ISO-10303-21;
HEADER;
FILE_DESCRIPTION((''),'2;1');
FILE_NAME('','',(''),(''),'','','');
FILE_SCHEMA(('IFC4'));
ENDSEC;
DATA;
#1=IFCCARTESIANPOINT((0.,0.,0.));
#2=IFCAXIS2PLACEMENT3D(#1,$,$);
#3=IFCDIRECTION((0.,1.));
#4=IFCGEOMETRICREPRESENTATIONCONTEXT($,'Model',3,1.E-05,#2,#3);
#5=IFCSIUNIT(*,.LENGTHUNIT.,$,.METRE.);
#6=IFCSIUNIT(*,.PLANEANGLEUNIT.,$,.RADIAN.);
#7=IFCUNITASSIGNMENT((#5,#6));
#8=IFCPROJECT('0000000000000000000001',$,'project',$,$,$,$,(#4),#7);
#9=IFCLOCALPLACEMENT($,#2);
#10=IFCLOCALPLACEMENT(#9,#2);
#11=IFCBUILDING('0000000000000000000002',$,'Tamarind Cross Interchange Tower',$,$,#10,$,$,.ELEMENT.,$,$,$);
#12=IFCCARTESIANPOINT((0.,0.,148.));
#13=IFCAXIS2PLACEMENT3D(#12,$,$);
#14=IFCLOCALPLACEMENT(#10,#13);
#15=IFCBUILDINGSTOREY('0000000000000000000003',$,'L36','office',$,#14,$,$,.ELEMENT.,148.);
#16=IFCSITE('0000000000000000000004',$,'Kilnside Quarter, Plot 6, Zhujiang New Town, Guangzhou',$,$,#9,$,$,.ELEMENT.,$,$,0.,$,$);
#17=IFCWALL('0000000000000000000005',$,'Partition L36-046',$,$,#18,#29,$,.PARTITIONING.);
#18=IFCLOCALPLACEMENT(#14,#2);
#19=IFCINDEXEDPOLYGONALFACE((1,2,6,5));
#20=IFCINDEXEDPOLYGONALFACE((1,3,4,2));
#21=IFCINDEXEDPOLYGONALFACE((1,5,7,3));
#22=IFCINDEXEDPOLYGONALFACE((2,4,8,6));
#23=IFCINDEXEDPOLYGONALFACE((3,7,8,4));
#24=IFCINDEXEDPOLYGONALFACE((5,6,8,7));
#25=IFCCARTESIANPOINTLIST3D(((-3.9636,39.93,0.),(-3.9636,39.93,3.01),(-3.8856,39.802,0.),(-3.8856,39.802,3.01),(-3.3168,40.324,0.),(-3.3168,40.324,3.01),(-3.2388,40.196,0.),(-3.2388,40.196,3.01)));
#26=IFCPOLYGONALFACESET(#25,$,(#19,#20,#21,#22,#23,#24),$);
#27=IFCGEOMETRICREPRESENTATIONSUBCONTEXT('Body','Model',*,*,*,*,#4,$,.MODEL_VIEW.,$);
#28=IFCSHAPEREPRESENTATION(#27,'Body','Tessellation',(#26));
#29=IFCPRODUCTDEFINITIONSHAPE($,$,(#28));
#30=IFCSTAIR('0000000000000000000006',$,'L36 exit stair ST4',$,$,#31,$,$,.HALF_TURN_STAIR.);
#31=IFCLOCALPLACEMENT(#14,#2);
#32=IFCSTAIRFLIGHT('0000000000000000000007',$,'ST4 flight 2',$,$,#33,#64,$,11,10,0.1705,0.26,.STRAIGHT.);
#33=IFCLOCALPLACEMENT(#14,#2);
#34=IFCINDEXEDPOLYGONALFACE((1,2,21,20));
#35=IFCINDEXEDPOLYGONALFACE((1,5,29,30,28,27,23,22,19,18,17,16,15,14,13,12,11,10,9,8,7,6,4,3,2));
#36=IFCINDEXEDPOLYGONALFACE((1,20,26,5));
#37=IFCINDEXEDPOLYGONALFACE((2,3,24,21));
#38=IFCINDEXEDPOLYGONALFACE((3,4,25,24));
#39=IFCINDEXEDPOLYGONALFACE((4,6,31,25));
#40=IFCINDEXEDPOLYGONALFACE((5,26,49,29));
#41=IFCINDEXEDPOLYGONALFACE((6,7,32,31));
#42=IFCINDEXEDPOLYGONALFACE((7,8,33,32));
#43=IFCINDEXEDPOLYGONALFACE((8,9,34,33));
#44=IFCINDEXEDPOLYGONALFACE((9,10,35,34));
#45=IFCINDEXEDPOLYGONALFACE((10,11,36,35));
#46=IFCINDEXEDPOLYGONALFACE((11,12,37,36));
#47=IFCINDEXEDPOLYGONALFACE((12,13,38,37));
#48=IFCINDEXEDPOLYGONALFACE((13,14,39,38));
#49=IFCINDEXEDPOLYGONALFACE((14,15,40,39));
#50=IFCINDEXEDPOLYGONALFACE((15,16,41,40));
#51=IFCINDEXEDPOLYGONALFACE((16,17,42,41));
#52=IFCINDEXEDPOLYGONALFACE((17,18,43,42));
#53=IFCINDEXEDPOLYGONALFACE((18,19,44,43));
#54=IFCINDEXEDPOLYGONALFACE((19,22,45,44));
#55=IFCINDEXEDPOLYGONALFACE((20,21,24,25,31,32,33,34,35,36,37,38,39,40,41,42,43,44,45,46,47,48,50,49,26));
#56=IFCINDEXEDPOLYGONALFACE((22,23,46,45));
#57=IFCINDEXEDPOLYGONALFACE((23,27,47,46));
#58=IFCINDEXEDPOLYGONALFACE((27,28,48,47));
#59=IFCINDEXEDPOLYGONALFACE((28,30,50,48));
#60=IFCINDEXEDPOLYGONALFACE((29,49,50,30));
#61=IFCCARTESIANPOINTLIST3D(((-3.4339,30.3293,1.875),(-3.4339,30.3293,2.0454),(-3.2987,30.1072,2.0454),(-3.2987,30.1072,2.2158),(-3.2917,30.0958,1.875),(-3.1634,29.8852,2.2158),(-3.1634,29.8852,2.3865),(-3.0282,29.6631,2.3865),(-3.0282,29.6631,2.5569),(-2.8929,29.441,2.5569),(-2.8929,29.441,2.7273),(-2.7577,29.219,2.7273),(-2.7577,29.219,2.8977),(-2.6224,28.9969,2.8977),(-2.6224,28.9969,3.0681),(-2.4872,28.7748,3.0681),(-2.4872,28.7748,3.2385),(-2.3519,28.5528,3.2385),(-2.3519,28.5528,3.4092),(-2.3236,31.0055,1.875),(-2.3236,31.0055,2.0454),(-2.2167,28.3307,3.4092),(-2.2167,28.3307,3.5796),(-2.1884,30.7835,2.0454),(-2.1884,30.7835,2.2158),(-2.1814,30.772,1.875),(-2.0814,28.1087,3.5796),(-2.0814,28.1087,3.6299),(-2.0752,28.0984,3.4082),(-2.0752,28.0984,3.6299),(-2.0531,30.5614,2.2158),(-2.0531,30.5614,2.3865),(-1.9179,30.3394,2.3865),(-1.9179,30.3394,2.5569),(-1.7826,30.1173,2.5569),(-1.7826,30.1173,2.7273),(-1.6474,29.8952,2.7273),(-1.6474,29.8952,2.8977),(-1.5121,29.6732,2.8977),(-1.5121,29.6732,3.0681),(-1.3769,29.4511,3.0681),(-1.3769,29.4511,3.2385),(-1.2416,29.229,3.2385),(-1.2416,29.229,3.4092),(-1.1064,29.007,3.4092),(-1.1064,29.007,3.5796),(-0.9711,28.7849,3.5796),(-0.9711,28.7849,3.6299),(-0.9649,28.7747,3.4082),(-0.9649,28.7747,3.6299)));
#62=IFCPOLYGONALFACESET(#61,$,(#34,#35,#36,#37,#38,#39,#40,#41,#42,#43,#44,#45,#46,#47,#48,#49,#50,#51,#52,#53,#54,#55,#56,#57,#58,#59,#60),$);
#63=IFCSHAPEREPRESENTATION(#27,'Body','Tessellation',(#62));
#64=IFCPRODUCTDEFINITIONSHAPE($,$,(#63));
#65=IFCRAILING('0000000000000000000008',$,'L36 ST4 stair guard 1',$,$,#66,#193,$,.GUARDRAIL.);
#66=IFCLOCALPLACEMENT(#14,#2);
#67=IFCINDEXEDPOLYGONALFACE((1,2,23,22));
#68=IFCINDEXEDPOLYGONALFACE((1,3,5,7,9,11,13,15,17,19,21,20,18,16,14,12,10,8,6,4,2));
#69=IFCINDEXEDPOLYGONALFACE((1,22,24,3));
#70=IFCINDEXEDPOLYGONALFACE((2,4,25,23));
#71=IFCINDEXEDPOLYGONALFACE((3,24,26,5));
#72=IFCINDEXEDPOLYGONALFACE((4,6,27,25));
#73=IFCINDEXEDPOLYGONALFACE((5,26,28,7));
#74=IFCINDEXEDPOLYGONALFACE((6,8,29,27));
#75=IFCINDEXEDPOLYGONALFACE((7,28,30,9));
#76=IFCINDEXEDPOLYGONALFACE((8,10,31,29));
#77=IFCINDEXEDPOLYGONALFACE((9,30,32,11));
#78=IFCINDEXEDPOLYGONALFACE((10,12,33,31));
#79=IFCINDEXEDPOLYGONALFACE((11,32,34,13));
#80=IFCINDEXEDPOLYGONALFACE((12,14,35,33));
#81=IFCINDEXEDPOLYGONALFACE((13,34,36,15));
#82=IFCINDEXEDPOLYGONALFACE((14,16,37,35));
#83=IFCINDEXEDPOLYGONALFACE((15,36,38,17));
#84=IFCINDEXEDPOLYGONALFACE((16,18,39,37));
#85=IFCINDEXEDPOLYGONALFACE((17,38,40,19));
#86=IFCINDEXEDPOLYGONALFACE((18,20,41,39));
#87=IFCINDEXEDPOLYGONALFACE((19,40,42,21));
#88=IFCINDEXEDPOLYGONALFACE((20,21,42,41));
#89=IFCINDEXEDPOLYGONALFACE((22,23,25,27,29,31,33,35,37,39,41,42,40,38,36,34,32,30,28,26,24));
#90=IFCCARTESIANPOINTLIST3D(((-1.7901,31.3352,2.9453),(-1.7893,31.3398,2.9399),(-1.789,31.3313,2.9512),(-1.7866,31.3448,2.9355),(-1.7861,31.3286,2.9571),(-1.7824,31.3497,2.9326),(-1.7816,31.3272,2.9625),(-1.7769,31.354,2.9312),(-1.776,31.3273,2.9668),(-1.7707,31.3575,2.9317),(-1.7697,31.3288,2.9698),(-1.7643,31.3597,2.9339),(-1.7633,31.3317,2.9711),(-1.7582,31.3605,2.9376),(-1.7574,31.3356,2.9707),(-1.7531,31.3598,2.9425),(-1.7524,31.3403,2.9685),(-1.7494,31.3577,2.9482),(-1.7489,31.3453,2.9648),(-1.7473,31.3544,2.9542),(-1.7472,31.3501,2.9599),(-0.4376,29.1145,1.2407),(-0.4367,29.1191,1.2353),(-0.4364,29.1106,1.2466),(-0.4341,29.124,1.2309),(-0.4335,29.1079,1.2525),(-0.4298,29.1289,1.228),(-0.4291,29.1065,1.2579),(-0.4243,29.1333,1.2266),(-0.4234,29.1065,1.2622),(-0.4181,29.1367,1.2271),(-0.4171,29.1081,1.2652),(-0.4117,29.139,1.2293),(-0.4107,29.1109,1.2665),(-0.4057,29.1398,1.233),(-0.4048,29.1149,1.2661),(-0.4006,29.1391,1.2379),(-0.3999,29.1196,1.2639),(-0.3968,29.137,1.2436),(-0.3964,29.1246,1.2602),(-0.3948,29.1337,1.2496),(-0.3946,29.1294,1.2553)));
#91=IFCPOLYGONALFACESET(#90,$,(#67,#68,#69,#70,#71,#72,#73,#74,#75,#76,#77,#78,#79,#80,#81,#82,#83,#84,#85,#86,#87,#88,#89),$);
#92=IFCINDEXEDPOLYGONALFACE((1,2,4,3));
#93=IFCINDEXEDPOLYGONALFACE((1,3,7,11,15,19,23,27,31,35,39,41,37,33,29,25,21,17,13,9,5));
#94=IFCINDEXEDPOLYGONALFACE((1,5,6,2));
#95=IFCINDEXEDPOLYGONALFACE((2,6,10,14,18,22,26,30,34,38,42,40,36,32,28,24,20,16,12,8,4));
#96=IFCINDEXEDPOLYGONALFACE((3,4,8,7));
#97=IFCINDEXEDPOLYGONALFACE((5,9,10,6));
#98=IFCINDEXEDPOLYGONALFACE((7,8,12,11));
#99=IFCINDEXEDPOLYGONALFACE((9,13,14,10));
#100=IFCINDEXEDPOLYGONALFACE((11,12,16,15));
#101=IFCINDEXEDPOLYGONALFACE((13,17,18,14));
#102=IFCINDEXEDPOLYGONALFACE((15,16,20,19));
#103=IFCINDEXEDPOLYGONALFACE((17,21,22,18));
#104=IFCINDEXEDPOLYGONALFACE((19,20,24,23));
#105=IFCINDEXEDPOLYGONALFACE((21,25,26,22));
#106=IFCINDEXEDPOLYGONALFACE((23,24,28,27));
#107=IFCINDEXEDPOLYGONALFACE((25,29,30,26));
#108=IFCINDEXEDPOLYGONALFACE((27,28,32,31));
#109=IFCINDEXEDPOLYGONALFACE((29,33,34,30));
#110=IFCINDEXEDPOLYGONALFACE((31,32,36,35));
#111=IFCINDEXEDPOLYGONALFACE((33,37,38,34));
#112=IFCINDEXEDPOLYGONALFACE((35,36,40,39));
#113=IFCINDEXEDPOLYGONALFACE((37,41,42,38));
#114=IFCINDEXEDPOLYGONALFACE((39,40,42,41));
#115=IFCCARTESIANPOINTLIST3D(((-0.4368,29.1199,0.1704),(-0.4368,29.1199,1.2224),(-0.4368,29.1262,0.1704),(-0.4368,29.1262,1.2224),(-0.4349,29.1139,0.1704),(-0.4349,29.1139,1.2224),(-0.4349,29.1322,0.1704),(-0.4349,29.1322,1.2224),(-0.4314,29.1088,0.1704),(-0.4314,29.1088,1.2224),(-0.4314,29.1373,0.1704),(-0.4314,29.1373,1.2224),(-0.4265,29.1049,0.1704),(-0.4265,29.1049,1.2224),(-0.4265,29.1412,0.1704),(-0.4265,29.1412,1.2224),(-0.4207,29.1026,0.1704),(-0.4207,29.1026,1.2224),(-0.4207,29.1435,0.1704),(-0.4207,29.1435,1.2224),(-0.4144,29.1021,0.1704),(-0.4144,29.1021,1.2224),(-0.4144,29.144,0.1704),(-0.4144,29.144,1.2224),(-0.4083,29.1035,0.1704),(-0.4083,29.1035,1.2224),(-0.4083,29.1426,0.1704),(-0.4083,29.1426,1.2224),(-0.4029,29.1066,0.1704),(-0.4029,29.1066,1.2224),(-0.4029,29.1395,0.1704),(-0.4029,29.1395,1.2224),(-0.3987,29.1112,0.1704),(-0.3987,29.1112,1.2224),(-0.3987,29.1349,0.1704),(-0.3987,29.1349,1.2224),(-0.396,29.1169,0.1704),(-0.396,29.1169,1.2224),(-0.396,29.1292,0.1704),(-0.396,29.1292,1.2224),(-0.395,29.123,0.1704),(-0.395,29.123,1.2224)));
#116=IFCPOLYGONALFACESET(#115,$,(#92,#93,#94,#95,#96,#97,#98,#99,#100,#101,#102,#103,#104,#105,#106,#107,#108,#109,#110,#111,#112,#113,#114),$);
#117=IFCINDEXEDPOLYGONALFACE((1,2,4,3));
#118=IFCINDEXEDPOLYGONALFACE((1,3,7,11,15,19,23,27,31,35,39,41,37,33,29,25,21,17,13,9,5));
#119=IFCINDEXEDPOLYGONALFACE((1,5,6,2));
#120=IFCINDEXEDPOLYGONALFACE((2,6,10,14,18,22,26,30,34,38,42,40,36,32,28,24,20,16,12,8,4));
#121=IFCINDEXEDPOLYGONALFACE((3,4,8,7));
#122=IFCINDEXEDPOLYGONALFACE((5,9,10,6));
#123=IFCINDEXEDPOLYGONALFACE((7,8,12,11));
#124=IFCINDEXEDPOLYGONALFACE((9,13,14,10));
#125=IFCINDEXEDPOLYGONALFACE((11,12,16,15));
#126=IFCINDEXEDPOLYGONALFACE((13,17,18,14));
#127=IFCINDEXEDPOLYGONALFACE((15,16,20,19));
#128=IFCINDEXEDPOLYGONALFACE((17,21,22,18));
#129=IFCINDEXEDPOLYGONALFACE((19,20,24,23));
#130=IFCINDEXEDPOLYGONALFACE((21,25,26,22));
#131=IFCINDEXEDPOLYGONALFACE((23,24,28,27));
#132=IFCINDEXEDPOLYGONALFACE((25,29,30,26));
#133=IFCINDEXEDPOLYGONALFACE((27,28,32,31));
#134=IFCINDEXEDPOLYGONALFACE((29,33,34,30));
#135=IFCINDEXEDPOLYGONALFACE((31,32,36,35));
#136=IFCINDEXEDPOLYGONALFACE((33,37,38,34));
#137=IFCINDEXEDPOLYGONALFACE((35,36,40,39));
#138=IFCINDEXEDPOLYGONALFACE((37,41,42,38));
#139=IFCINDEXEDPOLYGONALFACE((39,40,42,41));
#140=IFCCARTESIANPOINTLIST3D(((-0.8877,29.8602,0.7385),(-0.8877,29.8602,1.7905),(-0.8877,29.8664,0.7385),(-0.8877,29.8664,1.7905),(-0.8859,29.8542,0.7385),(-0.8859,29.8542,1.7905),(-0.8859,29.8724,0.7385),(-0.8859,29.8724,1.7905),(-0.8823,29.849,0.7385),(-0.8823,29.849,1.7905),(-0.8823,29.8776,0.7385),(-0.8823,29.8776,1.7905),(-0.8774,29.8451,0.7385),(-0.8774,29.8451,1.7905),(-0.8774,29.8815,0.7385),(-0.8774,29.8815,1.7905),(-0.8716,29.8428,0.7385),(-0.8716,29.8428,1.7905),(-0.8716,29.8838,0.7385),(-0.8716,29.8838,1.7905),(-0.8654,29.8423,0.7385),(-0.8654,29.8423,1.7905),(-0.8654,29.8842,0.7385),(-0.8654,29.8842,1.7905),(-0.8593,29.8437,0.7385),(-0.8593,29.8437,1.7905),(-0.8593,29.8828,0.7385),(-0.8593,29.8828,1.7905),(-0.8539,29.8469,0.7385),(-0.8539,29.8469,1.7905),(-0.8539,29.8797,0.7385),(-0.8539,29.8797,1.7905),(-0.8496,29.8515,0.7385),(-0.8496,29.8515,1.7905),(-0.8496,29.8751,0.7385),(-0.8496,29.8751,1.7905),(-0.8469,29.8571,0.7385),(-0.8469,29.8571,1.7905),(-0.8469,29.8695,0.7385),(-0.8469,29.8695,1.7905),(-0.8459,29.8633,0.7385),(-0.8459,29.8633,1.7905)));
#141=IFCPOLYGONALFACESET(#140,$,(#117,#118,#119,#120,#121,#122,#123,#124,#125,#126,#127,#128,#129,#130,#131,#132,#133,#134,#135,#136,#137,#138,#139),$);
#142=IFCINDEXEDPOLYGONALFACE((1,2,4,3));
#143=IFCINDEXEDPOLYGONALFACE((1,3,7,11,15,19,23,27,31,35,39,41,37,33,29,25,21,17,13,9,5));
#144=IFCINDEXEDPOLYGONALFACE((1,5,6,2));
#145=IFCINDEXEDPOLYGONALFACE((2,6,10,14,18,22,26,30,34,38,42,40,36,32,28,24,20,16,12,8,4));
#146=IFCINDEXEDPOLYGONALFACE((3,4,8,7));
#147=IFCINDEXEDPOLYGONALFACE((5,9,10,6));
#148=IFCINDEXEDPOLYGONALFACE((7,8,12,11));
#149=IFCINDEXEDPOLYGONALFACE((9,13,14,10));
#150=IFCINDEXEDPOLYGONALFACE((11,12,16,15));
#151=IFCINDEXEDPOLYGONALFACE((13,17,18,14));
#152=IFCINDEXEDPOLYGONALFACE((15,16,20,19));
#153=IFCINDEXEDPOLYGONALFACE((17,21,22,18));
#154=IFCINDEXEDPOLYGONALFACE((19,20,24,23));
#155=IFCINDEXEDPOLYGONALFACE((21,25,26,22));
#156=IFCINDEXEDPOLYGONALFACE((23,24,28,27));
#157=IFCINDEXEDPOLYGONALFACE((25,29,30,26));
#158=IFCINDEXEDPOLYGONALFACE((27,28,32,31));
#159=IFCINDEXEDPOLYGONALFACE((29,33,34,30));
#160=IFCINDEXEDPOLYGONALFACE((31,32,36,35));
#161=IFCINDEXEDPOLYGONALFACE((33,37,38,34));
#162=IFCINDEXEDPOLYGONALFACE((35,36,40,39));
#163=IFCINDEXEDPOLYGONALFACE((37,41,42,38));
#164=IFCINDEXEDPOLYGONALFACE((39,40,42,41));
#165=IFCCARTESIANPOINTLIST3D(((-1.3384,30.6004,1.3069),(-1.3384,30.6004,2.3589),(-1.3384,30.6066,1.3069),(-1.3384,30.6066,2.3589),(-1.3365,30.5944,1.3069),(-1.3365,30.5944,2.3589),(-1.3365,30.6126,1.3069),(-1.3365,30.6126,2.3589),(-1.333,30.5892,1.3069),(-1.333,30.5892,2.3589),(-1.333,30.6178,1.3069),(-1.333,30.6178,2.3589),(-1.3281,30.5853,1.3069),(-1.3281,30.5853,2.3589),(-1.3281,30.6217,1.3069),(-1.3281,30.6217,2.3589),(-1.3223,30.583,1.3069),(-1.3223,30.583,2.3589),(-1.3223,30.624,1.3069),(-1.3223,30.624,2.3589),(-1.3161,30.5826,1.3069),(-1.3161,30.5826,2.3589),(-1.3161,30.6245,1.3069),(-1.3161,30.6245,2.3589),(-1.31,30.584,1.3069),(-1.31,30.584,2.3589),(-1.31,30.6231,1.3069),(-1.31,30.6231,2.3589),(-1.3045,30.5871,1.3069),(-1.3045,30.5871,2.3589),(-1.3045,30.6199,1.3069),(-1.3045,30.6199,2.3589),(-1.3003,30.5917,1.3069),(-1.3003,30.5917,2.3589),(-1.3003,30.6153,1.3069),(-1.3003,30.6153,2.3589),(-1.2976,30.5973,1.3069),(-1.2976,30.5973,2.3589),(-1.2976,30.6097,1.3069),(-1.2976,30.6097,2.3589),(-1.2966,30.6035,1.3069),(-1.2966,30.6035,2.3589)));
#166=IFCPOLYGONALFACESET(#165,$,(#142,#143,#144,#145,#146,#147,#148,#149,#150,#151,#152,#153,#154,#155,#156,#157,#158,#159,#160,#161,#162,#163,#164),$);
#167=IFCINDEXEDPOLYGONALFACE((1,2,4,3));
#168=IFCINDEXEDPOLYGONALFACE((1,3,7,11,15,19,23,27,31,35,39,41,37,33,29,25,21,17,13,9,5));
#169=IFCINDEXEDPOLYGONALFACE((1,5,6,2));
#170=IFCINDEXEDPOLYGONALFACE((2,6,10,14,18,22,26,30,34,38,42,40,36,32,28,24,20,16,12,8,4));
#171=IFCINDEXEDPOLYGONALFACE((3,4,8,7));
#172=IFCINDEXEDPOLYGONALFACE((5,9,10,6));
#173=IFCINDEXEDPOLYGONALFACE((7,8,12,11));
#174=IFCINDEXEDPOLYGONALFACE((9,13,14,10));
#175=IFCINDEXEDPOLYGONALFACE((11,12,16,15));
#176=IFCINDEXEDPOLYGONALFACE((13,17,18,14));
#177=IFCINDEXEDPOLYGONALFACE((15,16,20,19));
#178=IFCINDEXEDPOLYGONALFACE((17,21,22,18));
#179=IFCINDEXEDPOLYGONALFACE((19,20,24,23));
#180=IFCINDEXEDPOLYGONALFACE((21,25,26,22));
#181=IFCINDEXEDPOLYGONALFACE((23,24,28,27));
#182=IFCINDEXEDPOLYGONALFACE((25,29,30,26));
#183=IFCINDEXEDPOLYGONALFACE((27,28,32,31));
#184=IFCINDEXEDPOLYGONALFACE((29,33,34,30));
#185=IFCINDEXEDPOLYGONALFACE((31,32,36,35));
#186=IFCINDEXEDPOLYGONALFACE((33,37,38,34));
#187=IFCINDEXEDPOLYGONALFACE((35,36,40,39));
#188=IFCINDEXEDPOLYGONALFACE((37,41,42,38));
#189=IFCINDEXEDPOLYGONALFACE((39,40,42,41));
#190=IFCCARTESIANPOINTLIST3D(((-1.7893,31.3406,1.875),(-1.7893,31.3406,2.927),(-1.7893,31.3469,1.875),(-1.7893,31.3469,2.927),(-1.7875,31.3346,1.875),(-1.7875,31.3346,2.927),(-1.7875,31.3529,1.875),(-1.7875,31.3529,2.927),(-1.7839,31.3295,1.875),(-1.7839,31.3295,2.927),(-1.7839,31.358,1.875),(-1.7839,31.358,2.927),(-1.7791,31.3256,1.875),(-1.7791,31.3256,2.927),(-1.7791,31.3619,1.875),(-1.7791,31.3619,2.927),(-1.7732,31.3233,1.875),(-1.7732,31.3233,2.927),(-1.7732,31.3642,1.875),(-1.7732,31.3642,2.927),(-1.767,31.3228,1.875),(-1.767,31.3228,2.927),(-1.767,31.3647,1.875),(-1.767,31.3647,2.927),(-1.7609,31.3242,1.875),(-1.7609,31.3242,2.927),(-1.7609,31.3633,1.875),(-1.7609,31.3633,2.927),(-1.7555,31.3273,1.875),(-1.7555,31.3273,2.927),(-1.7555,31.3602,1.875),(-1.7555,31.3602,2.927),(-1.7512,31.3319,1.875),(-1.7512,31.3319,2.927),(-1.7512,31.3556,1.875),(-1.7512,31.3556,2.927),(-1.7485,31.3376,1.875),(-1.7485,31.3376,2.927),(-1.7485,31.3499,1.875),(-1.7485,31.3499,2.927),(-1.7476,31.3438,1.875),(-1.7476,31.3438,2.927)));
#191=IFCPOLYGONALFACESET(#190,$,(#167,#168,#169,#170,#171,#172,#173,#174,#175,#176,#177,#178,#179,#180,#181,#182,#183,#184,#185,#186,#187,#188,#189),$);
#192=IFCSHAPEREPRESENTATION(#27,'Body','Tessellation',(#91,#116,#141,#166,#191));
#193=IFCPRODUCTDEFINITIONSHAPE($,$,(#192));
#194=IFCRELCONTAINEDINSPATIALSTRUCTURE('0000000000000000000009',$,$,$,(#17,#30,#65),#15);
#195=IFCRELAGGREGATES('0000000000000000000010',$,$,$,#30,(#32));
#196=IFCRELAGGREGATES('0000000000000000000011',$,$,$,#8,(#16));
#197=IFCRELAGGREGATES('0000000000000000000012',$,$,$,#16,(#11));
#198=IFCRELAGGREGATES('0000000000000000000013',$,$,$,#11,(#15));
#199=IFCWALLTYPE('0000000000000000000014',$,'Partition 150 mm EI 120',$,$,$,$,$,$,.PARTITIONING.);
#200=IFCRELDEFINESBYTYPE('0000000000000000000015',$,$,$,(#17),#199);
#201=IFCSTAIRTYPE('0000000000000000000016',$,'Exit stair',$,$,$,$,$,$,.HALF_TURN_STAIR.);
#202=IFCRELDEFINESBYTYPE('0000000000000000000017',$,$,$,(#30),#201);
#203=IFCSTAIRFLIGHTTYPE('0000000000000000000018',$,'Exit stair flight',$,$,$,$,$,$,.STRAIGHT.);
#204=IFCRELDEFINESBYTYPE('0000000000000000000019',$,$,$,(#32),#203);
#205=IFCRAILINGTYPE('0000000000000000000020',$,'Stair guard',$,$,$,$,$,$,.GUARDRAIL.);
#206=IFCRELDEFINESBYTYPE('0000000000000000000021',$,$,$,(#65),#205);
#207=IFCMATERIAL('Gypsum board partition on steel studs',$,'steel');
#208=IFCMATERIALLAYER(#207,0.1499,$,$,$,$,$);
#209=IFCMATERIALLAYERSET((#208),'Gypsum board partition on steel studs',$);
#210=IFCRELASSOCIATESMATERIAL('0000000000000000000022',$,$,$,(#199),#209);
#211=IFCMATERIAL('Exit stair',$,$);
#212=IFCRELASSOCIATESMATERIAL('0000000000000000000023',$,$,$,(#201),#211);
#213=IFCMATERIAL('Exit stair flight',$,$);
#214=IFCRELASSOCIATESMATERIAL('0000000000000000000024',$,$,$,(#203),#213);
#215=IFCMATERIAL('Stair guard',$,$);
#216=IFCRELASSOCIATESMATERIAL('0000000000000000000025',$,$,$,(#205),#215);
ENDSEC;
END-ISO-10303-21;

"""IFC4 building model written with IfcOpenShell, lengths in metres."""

from ifc_helpers import new_model, si_unit, direction, frame, frame_2d, origin, origin_2d, place, context, subcontext, project, spatial, polyline, rectangle, circle, outline, extrude, material, layer, layer_set, type_object, element, aggregate, save


model = new_model("IFC4")

# Units and contexts
model_context = context("Model", 3, precision=1e-05, world=origin(), true_north=direction((0.0, 1.0)))
body_context = subcontext(model_context, "Body", "Model", "MODEL_VIEW")
ifc_project = project(units=[si_unit("LENGTHUNIT", "METRE"), si_unit("PLANEANGLEUNIT", "RADIAN")], contexts=[model_context])

# Site, building, storey
site_placement = place(None, origin())
site = spatial("IfcSite", under=ifc_project, at=site_placement, Name="Kilnside Quarter, Plot 6, Zhujiang New Town, Guangzhou", CompositionType="ELEMENT", RefElevation=0.0)
building_placement = place(site_placement, origin())
building = spatial("IfcBuilding", under=site, at=building_placement, Name="Tamarind Cross Interchange Tower", CompositionType="ELEMENT")
storey_placement = place(building_placement, frame((0.0, 0.0, 148.0)))
storey = spatial("IfcBuildingStorey", under=building, at=storey_placement, Name="L36", Description="office", CompositionType="ELEMENT", Elevation=148.0)

# Shared definitions
ifc_material_1 = material(Name="Gypsum board partition on steel studs", Category="steel")

# Shared definitions
ifc_layer_1 = layer(ifc_material_1, 0.1499)
ifc_layer_set_1 = layer_set([ifc_layer_1], Name="Gypsum board partition on steel studs")
wall_type_1 = type_object("IfcWallType", Name="Partition 150 mm EI 120", PredefinedType="PARTITIONING", material=ifc_layer_set_1)

# Wall
wall_1_placement = place(storey_placement, frame((-3.9246, 39.866, 0.0), z_axis=(0.0, 0.0, 1.0), x_axis=(0.853974, 0.520315, 0.0)))
element("IfcWall", 1, at=wall_1_placement, inside=storey, type_object=wall_type_1, Name="Partition L36-046", PredefinedType="PARTITIONING", context=body_context, shape_type="SweptSolid", body=[
    extrude(rectangle(XDim=0.7573, YDim=0.1499, at=frame_2d((0.3787, 0.0))), origin(), (0.0, 0.0, 1.0), 3.01),
])

# Stair, stair flight
ifc_material_2 = material(Name="Exit stair")
stair_type = type_object("IfcStairType", Name="Exit stair", PredefinedType="HALF_TURN_STAIR", material=ifc_material_2)
stair_placement = place(storey_placement, origin())
stair = element("IfcStair", 2, at=stair_placement, inside=storey, type_object=stair_type, Name="L36 exit stair ST4", PredefinedType="HALF_TURN_STAIR")
ifc_material_3 = material(Name="Exit stair flight")
stair_flight_type = type_object("IfcStairFlightType", Name="Exit stair flight", PredefinedType="STRAIGHT", material=ifc_material_3)
stair_flight_placement = place(storey_placement, frame((-2.8787, 30.6675, 1.875), z_axis=(0.0, 0.0, 1.0), x_axis=(0.520175, -0.85406, 0.0)))
stair_flight = element("IfcStairFlight", 3, at=stair_flight_placement, type_object=stair_flight_type, Name="ST4 flight 2", NumberOfRisers=11, NumberOfTreads=10, PredefinedType="STRAIGHT", RiserHeight=0.1705, TreadLength=0.26, context=body_context, shape_type="SweptSolid", body=[
    extrude(outline(polyline([(0.0, 0.0), (0.0, 0.1704), (0.26, 0.1704), (0.26, 0.3408), (0.52, 0.3408), (0.52, 0.5115), (0.78, 0.5115), (0.78, 0.6819), (1.04, 0.6819), (1.04, 0.8523), (1.3, 0.8523), (1.3, 1.0227), (1.5601, 1.0227), (1.5601, 1.1931), (1.8201, 1.1931), (1.8201, 1.3635), (2.0801, 1.3635), (2.0801, 1.5342), (2.3401, 1.5342), (2.3401, 1.7046), (2.6001, 1.7046), (2.6001, 1.7549), (2.6121, 1.7549), (2.6121, 1.5332), (0.2734, 0.0), (0.0, 0.0)])), frame((0.0, 0.6499, 0.0), z_axis=(0.0, -1.0, 0.0), x_axis=(1.0, 0.0, 0.0)), (0.0, 0.0, 1.0), 1.3),
])
aggregate(stair, [stair_flight])

# Railing
ifc_material_4 = material(Name="Stair guard")
railing_type_1 = type_object("IfcRailingType", Name="Stair guard", PredefinedType="GUARDRAIL", material=ifc_material_4)
railing_1_placement = place(storey_placement, frame((-0.416, 29.123, 0.1704)))
element("IfcRailing", 4, at=railing_1_placement, inside=storey, type_object=railing_type_1, Name="L36 ST4 stair guard 1", PredefinedType="GUARDRAIL", context=body_context, shape_type="SweptSolid", body=[
    extrude(circle(Radius=0.0239, at=origin_2d()), frame((0.0, 0.0, 1.0762), z_axis=(-0.435026, 0.714259, 0.548258), x_axis=(-0.854061, -0.520173, 0.0)), (0.0, 0.0, 1.0), 3.1091),
    extrude(circle(Radius=0.021, at=origin_2d()), origin(), (0.0, 0.0, 1.0), 1.052),
    extrude(circle(Radius=0.021, at=origin_2d()), frame((-0.4509, 0.7402, 0.5681)), (0.0, 0.0, 1.0), 1.052),
    extrude(circle(Radius=0.021, at=origin_2d()), frame((-0.9016, 1.4805, 1.1365)), (0.0, 0.0, 1.0), 1.052),
    extrude(circle(Radius=0.021, at=origin_2d()), frame((-1.3525, 2.2207, 1.7046)), (0.0, 0.0, 1.0), 1.052),
])

save(model, "model.ifc")
